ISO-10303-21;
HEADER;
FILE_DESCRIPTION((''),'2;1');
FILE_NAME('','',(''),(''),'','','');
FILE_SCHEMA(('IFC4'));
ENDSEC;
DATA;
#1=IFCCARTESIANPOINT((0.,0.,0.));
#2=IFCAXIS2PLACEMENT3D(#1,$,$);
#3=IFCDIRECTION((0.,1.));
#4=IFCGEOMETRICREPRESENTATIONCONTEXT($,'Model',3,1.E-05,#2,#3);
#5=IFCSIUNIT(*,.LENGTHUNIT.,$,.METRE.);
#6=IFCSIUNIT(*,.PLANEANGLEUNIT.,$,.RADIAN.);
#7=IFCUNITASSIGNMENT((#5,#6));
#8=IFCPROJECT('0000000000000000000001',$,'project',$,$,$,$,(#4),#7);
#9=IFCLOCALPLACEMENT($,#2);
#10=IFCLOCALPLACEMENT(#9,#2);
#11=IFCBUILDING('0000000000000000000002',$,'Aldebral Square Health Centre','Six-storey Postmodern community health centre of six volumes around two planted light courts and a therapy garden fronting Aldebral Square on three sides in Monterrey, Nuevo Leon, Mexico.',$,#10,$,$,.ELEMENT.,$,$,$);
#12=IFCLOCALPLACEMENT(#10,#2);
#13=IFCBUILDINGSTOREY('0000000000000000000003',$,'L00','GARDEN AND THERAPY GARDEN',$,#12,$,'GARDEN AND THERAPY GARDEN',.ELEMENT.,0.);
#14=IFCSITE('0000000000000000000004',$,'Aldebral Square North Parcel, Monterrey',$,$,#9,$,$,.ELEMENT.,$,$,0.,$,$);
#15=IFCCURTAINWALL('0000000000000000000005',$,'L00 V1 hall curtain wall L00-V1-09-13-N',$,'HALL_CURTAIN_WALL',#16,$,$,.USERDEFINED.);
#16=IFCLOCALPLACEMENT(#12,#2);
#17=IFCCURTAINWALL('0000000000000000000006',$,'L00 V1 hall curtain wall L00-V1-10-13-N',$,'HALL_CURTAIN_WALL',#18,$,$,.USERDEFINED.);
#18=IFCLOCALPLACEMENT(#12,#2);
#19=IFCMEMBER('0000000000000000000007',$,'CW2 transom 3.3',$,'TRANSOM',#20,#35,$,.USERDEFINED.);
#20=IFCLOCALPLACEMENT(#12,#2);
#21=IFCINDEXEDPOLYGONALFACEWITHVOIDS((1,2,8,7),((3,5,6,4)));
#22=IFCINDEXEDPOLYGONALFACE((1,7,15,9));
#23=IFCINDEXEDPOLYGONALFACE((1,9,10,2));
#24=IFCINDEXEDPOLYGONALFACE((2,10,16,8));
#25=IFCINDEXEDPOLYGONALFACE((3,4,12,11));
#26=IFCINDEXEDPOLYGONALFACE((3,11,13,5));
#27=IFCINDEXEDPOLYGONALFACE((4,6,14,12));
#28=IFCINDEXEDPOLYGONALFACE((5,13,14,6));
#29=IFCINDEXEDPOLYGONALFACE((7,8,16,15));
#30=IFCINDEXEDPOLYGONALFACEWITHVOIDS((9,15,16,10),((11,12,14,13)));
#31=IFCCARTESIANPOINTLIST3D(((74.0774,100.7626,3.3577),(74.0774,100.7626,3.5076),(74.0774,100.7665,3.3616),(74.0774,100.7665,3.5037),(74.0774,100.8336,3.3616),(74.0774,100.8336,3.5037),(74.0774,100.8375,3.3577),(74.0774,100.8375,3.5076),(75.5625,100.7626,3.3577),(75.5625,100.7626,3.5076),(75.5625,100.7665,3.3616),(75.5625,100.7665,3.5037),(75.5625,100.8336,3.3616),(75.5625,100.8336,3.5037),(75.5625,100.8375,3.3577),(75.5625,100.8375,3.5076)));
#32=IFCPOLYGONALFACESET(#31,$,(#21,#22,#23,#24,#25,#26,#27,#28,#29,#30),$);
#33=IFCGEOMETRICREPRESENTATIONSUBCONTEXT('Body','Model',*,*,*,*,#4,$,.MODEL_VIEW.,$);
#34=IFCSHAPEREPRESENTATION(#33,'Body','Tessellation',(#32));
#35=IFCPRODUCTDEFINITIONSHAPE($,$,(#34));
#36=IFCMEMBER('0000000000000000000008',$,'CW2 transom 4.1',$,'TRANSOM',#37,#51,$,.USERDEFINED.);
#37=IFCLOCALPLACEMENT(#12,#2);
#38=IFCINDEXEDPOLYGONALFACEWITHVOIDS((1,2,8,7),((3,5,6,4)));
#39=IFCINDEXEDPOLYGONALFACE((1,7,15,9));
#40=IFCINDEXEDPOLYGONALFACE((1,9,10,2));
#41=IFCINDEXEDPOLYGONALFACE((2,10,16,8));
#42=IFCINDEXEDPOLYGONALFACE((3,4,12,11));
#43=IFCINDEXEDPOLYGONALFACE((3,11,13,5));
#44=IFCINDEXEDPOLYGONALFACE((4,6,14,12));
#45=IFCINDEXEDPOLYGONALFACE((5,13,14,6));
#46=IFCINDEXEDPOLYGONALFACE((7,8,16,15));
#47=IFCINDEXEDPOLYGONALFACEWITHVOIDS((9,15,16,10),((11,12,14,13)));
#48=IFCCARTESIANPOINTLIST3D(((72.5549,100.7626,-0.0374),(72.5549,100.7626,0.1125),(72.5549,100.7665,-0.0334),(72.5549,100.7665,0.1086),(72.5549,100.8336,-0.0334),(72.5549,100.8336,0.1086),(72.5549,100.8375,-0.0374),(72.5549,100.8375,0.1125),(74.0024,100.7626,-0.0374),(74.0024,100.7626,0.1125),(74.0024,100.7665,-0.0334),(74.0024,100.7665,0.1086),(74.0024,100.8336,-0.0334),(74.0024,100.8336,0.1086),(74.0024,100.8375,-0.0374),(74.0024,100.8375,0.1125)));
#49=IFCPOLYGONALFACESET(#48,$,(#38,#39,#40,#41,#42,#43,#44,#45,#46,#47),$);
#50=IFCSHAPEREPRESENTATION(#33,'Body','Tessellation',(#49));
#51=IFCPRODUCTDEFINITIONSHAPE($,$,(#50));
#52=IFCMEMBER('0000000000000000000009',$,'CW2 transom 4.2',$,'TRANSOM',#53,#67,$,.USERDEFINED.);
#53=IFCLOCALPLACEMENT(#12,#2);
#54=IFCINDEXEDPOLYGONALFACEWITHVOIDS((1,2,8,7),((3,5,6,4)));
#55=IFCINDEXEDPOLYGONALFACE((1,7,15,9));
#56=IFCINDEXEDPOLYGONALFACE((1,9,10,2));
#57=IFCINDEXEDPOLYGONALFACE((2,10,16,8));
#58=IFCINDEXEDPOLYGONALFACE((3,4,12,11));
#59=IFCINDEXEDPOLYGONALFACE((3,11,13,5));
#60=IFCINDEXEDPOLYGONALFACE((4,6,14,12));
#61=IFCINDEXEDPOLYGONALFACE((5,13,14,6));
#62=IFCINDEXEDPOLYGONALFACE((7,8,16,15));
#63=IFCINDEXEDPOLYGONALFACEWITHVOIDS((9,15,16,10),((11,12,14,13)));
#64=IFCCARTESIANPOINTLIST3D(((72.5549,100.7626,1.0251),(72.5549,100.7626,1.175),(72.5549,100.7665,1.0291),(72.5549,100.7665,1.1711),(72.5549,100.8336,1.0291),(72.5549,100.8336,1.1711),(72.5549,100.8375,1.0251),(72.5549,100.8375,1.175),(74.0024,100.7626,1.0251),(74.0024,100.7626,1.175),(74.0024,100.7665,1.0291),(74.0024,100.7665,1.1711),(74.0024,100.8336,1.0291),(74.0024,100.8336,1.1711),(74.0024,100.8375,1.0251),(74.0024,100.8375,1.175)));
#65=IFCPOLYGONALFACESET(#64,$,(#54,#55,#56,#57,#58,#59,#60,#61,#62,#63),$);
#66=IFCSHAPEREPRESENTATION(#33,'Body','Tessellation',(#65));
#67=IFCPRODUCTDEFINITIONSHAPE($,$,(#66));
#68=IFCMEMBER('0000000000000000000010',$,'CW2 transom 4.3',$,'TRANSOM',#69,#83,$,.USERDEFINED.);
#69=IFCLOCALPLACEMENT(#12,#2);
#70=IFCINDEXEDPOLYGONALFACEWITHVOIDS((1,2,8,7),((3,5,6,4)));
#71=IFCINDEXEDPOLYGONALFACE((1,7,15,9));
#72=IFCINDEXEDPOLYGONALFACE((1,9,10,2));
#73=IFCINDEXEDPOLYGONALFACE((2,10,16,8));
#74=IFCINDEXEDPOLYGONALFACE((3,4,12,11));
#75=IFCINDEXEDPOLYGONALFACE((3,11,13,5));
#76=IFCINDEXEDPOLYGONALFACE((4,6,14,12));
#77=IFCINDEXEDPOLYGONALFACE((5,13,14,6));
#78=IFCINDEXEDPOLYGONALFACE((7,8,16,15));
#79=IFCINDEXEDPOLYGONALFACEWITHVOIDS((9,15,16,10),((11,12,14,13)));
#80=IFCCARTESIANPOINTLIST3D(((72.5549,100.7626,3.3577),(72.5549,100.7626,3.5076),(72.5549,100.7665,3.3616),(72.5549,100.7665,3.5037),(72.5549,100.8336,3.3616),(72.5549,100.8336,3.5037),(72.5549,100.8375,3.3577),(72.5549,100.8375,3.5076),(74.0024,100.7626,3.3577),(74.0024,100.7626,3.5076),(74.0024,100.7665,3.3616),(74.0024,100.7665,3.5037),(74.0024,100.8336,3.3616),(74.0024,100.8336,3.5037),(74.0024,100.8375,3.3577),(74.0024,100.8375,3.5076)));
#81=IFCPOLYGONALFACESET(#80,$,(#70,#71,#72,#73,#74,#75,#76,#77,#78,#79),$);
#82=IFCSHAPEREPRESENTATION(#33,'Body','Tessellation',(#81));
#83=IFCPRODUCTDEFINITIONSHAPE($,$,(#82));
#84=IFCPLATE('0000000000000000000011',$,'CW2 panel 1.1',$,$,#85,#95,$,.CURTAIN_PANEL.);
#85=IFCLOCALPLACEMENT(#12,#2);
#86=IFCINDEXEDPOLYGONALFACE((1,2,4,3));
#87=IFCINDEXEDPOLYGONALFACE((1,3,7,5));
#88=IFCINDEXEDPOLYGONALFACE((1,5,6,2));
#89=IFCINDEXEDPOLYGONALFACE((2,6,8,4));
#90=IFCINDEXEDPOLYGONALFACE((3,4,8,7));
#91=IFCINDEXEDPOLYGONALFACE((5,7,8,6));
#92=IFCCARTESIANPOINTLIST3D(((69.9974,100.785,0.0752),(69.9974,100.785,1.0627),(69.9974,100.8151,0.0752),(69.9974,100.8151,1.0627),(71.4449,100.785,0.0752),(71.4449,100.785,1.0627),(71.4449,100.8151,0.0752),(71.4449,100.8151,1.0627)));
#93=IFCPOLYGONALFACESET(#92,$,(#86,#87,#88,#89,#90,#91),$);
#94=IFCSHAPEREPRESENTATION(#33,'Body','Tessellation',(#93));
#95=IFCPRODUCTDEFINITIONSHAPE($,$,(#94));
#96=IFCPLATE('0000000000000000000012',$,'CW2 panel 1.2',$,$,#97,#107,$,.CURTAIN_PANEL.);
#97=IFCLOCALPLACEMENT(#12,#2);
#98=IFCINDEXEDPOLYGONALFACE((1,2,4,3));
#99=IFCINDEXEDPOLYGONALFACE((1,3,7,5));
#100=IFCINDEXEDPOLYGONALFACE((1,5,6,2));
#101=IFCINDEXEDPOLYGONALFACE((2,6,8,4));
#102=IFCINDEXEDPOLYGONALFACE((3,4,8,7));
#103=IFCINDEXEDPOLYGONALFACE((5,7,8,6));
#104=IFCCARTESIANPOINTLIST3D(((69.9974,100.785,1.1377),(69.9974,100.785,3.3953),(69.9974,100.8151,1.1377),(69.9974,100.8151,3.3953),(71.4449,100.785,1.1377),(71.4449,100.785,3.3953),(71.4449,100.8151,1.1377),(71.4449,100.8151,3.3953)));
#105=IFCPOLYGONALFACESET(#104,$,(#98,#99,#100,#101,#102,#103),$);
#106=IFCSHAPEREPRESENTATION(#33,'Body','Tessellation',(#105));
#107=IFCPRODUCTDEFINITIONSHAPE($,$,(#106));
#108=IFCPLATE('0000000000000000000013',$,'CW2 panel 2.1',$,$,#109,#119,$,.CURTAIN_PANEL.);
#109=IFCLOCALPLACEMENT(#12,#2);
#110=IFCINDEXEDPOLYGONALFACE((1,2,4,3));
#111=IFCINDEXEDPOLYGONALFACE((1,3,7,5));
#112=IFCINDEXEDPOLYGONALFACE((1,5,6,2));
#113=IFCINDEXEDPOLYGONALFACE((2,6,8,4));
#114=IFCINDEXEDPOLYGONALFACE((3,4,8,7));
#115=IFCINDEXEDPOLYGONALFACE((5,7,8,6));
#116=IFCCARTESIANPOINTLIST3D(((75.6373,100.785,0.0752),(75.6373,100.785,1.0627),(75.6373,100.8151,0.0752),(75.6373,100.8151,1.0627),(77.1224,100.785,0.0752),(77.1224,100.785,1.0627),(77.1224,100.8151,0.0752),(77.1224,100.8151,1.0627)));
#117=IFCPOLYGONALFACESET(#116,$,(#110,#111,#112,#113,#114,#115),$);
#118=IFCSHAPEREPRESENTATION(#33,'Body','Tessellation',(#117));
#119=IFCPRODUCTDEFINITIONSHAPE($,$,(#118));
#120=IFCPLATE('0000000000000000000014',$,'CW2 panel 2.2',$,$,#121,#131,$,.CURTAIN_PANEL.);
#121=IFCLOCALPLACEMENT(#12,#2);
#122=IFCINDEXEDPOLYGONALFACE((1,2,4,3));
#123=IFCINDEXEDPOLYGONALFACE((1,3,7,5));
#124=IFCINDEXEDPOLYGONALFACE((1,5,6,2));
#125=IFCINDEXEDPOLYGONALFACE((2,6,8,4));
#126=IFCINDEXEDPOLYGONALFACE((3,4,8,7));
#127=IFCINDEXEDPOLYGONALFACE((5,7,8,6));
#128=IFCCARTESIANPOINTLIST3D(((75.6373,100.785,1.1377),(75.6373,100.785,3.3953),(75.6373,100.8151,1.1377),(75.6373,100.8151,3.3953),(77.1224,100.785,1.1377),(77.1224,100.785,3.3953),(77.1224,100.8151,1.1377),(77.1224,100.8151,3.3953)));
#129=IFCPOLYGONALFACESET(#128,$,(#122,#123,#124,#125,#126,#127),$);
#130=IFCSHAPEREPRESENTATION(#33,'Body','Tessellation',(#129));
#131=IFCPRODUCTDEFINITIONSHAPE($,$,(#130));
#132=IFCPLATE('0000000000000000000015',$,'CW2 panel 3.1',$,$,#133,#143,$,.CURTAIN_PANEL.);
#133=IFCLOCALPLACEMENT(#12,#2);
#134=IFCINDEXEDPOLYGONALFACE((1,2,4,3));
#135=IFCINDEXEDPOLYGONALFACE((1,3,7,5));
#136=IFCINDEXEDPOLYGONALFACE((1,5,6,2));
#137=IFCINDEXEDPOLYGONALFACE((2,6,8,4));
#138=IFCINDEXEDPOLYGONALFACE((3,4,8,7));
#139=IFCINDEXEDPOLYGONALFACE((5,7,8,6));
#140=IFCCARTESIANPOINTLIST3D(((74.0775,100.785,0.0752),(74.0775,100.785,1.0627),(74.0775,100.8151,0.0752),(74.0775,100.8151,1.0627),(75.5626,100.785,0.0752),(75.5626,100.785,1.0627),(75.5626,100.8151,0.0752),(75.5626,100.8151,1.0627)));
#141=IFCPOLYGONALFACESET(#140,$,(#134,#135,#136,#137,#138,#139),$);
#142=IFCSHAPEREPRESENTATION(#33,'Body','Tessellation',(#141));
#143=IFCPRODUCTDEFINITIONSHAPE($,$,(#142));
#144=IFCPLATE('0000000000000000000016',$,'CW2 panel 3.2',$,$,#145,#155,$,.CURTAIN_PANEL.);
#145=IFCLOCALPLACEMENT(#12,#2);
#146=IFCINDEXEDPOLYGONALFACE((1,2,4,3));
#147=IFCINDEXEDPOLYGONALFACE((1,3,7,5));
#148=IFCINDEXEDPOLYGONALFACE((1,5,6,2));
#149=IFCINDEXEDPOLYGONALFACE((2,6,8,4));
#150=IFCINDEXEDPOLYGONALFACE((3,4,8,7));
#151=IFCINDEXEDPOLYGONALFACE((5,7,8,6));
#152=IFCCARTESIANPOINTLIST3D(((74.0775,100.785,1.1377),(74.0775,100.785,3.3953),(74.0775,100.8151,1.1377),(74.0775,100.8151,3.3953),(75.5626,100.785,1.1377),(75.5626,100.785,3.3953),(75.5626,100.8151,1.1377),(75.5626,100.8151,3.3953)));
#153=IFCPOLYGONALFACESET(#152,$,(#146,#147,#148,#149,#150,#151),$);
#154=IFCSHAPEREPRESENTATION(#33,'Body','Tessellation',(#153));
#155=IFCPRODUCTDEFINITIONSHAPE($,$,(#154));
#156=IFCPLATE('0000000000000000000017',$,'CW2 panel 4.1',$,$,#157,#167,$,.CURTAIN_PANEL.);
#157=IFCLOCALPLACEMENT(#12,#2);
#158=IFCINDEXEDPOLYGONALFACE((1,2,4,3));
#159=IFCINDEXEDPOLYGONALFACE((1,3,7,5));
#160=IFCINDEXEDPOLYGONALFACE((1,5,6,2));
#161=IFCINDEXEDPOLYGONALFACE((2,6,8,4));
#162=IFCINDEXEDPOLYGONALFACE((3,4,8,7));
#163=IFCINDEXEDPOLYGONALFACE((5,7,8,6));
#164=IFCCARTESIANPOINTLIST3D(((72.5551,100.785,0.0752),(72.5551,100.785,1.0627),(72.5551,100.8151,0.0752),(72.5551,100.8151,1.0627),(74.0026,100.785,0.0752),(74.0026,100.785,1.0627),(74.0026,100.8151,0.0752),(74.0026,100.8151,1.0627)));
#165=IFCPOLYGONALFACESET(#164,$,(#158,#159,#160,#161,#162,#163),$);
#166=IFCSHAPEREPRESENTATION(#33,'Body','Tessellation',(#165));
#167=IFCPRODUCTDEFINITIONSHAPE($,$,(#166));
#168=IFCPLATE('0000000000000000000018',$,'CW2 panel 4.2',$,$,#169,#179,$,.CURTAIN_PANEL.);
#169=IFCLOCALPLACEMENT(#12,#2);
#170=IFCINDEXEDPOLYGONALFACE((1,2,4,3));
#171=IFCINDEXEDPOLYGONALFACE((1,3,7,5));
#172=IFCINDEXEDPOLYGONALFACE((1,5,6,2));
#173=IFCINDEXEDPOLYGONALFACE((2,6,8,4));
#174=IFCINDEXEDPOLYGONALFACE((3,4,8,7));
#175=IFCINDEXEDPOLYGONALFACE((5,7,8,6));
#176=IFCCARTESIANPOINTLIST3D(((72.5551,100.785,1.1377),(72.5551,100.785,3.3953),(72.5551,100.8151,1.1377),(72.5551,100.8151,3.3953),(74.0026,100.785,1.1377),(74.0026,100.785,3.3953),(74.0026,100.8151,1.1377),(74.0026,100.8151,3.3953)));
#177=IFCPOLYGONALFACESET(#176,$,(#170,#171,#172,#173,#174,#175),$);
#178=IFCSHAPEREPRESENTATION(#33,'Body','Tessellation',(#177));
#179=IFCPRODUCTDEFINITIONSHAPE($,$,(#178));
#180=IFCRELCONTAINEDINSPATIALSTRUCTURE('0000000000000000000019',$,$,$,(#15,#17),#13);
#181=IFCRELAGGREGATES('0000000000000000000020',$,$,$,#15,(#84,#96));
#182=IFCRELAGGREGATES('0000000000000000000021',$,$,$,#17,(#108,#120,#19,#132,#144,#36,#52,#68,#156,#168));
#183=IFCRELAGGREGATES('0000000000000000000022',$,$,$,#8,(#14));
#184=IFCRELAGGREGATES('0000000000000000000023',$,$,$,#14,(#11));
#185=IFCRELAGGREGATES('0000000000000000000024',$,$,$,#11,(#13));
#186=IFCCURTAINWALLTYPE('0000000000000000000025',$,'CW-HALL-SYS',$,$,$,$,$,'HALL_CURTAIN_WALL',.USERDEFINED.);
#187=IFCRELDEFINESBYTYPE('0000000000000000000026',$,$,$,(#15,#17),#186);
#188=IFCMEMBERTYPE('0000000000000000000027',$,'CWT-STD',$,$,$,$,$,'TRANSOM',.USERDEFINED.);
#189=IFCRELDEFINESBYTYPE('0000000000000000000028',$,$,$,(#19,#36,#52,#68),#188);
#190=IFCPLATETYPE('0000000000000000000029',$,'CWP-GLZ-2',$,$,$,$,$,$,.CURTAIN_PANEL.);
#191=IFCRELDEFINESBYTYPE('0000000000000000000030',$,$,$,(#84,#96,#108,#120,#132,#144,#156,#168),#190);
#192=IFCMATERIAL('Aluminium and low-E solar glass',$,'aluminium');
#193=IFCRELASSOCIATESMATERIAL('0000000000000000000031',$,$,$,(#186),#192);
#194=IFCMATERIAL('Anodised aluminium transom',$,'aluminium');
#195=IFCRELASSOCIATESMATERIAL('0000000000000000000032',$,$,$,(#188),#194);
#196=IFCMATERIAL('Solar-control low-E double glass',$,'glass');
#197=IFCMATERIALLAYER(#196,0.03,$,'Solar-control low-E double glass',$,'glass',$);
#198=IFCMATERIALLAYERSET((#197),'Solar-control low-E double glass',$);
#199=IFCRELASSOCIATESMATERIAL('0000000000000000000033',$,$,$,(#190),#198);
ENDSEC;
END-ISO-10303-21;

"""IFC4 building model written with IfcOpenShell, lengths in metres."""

from ifc_helpers import new_model, si_unit, direction, frame, origin, origin_2d, place, context, subcontext, project, spatial, rectangle, hollow_rectangle, extrude, material, layer, layer_set, material_profile, profile_set, type_object, element, aggregate, save


model = new_model("IFC4")

# Units and contexts
model_context = context("Model", 3, precision=1e-05, world=origin(), true_north=direction((0.0, 1.0)))
body_context = subcontext(model_context, "Body", "Model", "MODEL_VIEW")
ifc_project = project(units=[si_unit("LENGTHUNIT", "METRE"), si_unit("PLANEANGLEUNIT", "RADIAN")], contexts=[model_context])

# Site, building, storey
site_placement = place(None, origin())
site = spatial("IfcSite", under=ifc_project, at=site_placement, Name="Aldebral Square North Parcel, Monterrey", CompositionType="ELEMENT", RefElevation=0.0)
building_placement = place(site_placement, origin())
building = spatial("IfcBuilding", under=site, at=building_placement, Name="Aldebral Square Health Centre", Description="Six-storey Postmodern community health centre of six volumes around two planted light courts and a therapy garden fronting Aldebral Square on three sides in Monterrey, Nuevo Leon, Mexico.", CompositionType="ELEMENT")
storey_placement = place(building_placement, origin())
storey = spatial("IfcBuildingStorey", under=building, at=storey_placement, Name="L00", Description="GARDEN AND THERAPY GARDEN", LongName="GARDEN AND THERAPY GARDEN", CompositionType="ELEMENT", Elevation=0.0)

# Curtain walls
ifc_material_1 = material(Name="Aluminium and low-E solar glass", Category="aluminium")
curtain_wall_type = type_object("IfcCurtainWallType", Name="CW-HALL-SYS", ElementType="HALL_CURTAIN_WALL", PredefinedType="USERDEFINED", material=ifc_material_1)
curtain_wall_1_placement = place(storey_placement, origin())
curtain_wall_1 = element("IfcCurtainWall", 1, at=curtain_wall_1_placement, inside=storey, type_object=curtain_wall_type, Name="L00 V1 hall curtain wall L00-V1-09-13-N", ObjectType="HALL_CURTAIN_WALL", PredefinedType="USERDEFINED")
curtain_wall_2_placement = place(storey_placement, origin())
curtain_wall_2 = element("IfcCurtainWall", 2, at=curtain_wall_2_placement, inside=storey, type_object=curtain_wall_type, Name="L00 V1 hall curtain wall L00-V1-10-13-N", ObjectType="HALL_CURTAIN_WALL", PredefinedType="USERDEFINED")

# Members
ifc_material_2 = material(Name="Anodised aluminium transom", Category="aluminium")
ifc_material_profile_1 = material_profile(ifc_material_2, hollow_rectangle(XDim=0.075, YDim=0.1499, WallThickness=0.0039, at=origin_2d()), Name="CWT 75x150x4")
ifc_profile_set_1 = profile_set([ifc_material_profile_1], Name="Anodised aluminium transom")
member_type_1 = type_object("IfcMemberType", Name="CWT-STD", ElementType="TRANSOM", PredefinedType="USERDEFINED", material=ifc_profile_set_1)
member_1_placement = place(storey_placement, frame((75.5625, 100.8, 3.4326), z_axis=(-1.0, 0.0, 0.0), x_axis=(0.0, -1.0, 0.0)))
member_1 = element("IfcMember", 3, at=member_1_placement, type_object=member_type_1, Name="CW2 transom 3.3", ObjectType="TRANSOM", PredefinedType="USERDEFINED", context=body_context, shape_type="SweptSolid", body=[
    extrude(hollow_rectangle(XDim=0.075, YDim=0.1499, WallThickness=0.0039, at=origin_2d()), origin(), (0.0, 0.0, 1.0), 1.4851),
])
member_2_placement = place(storey_placement, frame((74.0024, 100.8, 0.0376), z_axis=(-1.0, 0.0, 0.0), x_axis=(0.0, -1.0, 0.0)))
member_2 = element("IfcMember", 4, at=member_2_placement, type_object=member_type_1, Name="CW2 transom 4.1", ObjectType="TRANSOM", PredefinedType="USERDEFINED", context=body_context, shape_type="SweptSolid", body=[
    extrude(hollow_rectangle(XDim=0.075, YDim=0.1499, WallThickness=0.0039, at=origin_2d()), origin(), (0.0, 0.0, 1.0), 1.4475),
])
member_3_placement = place(storey_placement, frame((74.0024, 100.8, 1.1001), z_axis=(-1.0, 0.0, 0.0), x_axis=(0.0, -1.0, 0.0)))
member_3 = element("IfcMember", 5, at=member_3_placement, type_object=member_type_1, Name="CW2 transom 4.2", ObjectType="TRANSOM", PredefinedType="USERDEFINED", context=body_context, shape_type="SweptSolid", body=[
    extrude(hollow_rectangle(XDim=0.075, YDim=0.1499, WallThickness=0.0039, at=origin_2d()), origin(), (0.0, 0.0, 1.0), 1.4475),
])
member_4_placement = place(storey_placement, frame((74.0024, 100.8, 3.4326), z_axis=(-1.0, 0.0, 0.0), x_axis=(0.0, -1.0, 0.0)))
member_4 = element("IfcMember", 6, at=member_4_placement, type_object=member_type_1, Name="CW2 transom 4.3", ObjectType="TRANSOM", PredefinedType="USERDEFINED", context=body_context, shape_type="SweptSolid", body=[
    extrude(hollow_rectangle(XDim=0.075, YDim=0.1499, WallThickness=0.0039, at=origin_2d()), origin(), (0.0, 0.0, 1.0), 1.4475),
])

# Plates
ifc_material_3 = material(Name="Solar-control low-E double glass", Category="glass")
ifc_layer_1 = layer(ifc_material_3, 0.03, Name="Solar-control low-E double glass", Category="glass")
ifc_layer_set_1 = layer_set([ifc_layer_1], Name="Solar-control low-E double glass")
plate_type = type_object("IfcPlateType", Name="CWP-GLZ-2", PredefinedType="CURTAIN_PANEL", material=ifc_layer_set_1)
plate_1_placement = place(storey_placement, frame((70.7212, 100.8, 0.0752), z_axis=(0.0, 0.0, 1.0), x_axis=(-1.0, 0.0, 0.0)))
plate_1 = element("IfcPlate", 7, at=plate_1_placement, type_object=plate_type, Name="CW2 panel 1.1", PredefinedType="CURTAIN_PANEL", context=body_context, shape_type="SweptSolid", body=[
    extrude(rectangle(XDim=1.4475, YDim=0.03, at=origin_2d()), origin(), (0.0, 0.0, 1.0), 0.9875),
])
plate_2_placement = place(storey_placement, frame((70.7212, 100.8, 1.1377), z_axis=(0.0, 0.0, 1.0), x_axis=(-1.0, 0.0, 0.0)))
plate_2 = element("IfcPlate", 8, at=plate_2_placement, type_object=plate_type, Name="CW2 panel 1.2", PredefinedType="CURTAIN_PANEL", context=body_context, shape_type="SweptSolid", body=[
    extrude(rectangle(XDim=1.4475, YDim=0.03, at=origin_2d()), origin(), (0.0, 0.0, 1.0), 2.2576),
])
aggregate(curtain_wall_1, [plate_1, plate_2])
plate_3_placement = place(storey_placement, frame((76.3799, 100.8, 0.0752), z_axis=(0.0, 0.0, 1.0), x_axis=(-1.0, 0.0, 0.0)))
plate_3 = element("IfcPlate", 9, at=plate_3_placement, type_object=plate_type, Name="CW2 panel 2.1", PredefinedType="CURTAIN_PANEL", context=body_context, shape_type="SweptSolid", body=[
    extrude(rectangle(XDim=1.4851, YDim=0.03, at=origin_2d()), origin(), (0.0, 0.0, 1.0), 0.9875),
])
plate_4_placement = place(storey_placement, frame((76.3799, 100.8, 1.1377), z_axis=(0.0, 0.0, 1.0), x_axis=(-1.0, 0.0, 0.0)))
plate_4 = element("IfcPlate", 10, at=plate_4_placement, type_object=plate_type, Name="CW2 panel 2.2", PredefinedType="CURTAIN_PANEL", context=body_context, shape_type="SweptSolid", body=[
    extrude(rectangle(XDim=1.4851, YDim=0.03, at=origin_2d()), origin(), (0.0, 0.0, 1.0), 2.2576),
])
plate_5_placement = place(storey_placement, frame((74.8201, 100.8, 0.0752), z_axis=(0.0, 0.0, 1.0), x_axis=(-1.0, 0.0, 0.0)))
plate_5 = element("IfcPlate", 11, at=plate_5_placement, type_object=plate_type, Name="CW2 panel 3.1", PredefinedType="CURTAIN_PANEL", context=body_context, shape_type="SweptSolid", body=[
    extrude(rectangle(XDim=1.4851, YDim=0.03, at=origin_2d()), origin(), (0.0, 0.0, 1.0), 0.9875),
])
plate_6_placement = place(storey_placement, frame((74.8201, 100.8, 1.1377), z_axis=(0.0, 0.0, 1.0), x_axis=(-1.0, 0.0, 0.0)))
plate_6 = element("IfcPlate", 12, at=plate_6_placement, type_object=plate_type, Name="CW2 panel 3.2", PredefinedType="CURTAIN_PANEL", context=body_context, shape_type="SweptSolid", body=[
    extrude(rectangle(XDim=1.4851, YDim=0.03, at=origin_2d()), origin(), (0.0, 0.0, 1.0), 2.2576),
])
plate_7_placement = place(storey_placement, frame((73.2788, 100.8, 0.0752), z_axis=(0.0, 0.0, 1.0), x_axis=(-1.0, 0.0, 0.0)))
plate_7 = element("IfcPlate", 13, at=plate_7_placement, type_object=plate_type, Name="CW2 panel 4.1", PredefinedType="CURTAIN_PANEL", context=body_context, shape_type="SweptSolid", body=[
    extrude(rectangle(XDim=1.4475, YDim=0.03, at=origin_2d()), origin(), (0.0, 0.0, 1.0), 0.9875),
])
plate_8_placement = place(storey_placement, frame((73.2788, 100.8, 1.1377), z_axis=(0.0, 0.0, 1.0), x_axis=(-1.0, 0.0, 0.0)))
plate_8 = element("IfcPlate", 14, at=plate_8_placement, type_object=plate_type, Name="CW2 panel 4.2", PredefinedType="CURTAIN_PANEL", context=body_context, shape_type="SweptSolid", body=[
    extrude(rectangle(XDim=1.4475, YDim=0.03, at=origin_2d()), origin(), (0.0, 0.0, 1.0), 2.2576),
])
aggregate(curtain_wall_2, [plate_3, plate_4, member_1, plate_5, plate_6, member_2, member_3, member_4, plate_7, plate_8])

save(model, "model.ifc")
